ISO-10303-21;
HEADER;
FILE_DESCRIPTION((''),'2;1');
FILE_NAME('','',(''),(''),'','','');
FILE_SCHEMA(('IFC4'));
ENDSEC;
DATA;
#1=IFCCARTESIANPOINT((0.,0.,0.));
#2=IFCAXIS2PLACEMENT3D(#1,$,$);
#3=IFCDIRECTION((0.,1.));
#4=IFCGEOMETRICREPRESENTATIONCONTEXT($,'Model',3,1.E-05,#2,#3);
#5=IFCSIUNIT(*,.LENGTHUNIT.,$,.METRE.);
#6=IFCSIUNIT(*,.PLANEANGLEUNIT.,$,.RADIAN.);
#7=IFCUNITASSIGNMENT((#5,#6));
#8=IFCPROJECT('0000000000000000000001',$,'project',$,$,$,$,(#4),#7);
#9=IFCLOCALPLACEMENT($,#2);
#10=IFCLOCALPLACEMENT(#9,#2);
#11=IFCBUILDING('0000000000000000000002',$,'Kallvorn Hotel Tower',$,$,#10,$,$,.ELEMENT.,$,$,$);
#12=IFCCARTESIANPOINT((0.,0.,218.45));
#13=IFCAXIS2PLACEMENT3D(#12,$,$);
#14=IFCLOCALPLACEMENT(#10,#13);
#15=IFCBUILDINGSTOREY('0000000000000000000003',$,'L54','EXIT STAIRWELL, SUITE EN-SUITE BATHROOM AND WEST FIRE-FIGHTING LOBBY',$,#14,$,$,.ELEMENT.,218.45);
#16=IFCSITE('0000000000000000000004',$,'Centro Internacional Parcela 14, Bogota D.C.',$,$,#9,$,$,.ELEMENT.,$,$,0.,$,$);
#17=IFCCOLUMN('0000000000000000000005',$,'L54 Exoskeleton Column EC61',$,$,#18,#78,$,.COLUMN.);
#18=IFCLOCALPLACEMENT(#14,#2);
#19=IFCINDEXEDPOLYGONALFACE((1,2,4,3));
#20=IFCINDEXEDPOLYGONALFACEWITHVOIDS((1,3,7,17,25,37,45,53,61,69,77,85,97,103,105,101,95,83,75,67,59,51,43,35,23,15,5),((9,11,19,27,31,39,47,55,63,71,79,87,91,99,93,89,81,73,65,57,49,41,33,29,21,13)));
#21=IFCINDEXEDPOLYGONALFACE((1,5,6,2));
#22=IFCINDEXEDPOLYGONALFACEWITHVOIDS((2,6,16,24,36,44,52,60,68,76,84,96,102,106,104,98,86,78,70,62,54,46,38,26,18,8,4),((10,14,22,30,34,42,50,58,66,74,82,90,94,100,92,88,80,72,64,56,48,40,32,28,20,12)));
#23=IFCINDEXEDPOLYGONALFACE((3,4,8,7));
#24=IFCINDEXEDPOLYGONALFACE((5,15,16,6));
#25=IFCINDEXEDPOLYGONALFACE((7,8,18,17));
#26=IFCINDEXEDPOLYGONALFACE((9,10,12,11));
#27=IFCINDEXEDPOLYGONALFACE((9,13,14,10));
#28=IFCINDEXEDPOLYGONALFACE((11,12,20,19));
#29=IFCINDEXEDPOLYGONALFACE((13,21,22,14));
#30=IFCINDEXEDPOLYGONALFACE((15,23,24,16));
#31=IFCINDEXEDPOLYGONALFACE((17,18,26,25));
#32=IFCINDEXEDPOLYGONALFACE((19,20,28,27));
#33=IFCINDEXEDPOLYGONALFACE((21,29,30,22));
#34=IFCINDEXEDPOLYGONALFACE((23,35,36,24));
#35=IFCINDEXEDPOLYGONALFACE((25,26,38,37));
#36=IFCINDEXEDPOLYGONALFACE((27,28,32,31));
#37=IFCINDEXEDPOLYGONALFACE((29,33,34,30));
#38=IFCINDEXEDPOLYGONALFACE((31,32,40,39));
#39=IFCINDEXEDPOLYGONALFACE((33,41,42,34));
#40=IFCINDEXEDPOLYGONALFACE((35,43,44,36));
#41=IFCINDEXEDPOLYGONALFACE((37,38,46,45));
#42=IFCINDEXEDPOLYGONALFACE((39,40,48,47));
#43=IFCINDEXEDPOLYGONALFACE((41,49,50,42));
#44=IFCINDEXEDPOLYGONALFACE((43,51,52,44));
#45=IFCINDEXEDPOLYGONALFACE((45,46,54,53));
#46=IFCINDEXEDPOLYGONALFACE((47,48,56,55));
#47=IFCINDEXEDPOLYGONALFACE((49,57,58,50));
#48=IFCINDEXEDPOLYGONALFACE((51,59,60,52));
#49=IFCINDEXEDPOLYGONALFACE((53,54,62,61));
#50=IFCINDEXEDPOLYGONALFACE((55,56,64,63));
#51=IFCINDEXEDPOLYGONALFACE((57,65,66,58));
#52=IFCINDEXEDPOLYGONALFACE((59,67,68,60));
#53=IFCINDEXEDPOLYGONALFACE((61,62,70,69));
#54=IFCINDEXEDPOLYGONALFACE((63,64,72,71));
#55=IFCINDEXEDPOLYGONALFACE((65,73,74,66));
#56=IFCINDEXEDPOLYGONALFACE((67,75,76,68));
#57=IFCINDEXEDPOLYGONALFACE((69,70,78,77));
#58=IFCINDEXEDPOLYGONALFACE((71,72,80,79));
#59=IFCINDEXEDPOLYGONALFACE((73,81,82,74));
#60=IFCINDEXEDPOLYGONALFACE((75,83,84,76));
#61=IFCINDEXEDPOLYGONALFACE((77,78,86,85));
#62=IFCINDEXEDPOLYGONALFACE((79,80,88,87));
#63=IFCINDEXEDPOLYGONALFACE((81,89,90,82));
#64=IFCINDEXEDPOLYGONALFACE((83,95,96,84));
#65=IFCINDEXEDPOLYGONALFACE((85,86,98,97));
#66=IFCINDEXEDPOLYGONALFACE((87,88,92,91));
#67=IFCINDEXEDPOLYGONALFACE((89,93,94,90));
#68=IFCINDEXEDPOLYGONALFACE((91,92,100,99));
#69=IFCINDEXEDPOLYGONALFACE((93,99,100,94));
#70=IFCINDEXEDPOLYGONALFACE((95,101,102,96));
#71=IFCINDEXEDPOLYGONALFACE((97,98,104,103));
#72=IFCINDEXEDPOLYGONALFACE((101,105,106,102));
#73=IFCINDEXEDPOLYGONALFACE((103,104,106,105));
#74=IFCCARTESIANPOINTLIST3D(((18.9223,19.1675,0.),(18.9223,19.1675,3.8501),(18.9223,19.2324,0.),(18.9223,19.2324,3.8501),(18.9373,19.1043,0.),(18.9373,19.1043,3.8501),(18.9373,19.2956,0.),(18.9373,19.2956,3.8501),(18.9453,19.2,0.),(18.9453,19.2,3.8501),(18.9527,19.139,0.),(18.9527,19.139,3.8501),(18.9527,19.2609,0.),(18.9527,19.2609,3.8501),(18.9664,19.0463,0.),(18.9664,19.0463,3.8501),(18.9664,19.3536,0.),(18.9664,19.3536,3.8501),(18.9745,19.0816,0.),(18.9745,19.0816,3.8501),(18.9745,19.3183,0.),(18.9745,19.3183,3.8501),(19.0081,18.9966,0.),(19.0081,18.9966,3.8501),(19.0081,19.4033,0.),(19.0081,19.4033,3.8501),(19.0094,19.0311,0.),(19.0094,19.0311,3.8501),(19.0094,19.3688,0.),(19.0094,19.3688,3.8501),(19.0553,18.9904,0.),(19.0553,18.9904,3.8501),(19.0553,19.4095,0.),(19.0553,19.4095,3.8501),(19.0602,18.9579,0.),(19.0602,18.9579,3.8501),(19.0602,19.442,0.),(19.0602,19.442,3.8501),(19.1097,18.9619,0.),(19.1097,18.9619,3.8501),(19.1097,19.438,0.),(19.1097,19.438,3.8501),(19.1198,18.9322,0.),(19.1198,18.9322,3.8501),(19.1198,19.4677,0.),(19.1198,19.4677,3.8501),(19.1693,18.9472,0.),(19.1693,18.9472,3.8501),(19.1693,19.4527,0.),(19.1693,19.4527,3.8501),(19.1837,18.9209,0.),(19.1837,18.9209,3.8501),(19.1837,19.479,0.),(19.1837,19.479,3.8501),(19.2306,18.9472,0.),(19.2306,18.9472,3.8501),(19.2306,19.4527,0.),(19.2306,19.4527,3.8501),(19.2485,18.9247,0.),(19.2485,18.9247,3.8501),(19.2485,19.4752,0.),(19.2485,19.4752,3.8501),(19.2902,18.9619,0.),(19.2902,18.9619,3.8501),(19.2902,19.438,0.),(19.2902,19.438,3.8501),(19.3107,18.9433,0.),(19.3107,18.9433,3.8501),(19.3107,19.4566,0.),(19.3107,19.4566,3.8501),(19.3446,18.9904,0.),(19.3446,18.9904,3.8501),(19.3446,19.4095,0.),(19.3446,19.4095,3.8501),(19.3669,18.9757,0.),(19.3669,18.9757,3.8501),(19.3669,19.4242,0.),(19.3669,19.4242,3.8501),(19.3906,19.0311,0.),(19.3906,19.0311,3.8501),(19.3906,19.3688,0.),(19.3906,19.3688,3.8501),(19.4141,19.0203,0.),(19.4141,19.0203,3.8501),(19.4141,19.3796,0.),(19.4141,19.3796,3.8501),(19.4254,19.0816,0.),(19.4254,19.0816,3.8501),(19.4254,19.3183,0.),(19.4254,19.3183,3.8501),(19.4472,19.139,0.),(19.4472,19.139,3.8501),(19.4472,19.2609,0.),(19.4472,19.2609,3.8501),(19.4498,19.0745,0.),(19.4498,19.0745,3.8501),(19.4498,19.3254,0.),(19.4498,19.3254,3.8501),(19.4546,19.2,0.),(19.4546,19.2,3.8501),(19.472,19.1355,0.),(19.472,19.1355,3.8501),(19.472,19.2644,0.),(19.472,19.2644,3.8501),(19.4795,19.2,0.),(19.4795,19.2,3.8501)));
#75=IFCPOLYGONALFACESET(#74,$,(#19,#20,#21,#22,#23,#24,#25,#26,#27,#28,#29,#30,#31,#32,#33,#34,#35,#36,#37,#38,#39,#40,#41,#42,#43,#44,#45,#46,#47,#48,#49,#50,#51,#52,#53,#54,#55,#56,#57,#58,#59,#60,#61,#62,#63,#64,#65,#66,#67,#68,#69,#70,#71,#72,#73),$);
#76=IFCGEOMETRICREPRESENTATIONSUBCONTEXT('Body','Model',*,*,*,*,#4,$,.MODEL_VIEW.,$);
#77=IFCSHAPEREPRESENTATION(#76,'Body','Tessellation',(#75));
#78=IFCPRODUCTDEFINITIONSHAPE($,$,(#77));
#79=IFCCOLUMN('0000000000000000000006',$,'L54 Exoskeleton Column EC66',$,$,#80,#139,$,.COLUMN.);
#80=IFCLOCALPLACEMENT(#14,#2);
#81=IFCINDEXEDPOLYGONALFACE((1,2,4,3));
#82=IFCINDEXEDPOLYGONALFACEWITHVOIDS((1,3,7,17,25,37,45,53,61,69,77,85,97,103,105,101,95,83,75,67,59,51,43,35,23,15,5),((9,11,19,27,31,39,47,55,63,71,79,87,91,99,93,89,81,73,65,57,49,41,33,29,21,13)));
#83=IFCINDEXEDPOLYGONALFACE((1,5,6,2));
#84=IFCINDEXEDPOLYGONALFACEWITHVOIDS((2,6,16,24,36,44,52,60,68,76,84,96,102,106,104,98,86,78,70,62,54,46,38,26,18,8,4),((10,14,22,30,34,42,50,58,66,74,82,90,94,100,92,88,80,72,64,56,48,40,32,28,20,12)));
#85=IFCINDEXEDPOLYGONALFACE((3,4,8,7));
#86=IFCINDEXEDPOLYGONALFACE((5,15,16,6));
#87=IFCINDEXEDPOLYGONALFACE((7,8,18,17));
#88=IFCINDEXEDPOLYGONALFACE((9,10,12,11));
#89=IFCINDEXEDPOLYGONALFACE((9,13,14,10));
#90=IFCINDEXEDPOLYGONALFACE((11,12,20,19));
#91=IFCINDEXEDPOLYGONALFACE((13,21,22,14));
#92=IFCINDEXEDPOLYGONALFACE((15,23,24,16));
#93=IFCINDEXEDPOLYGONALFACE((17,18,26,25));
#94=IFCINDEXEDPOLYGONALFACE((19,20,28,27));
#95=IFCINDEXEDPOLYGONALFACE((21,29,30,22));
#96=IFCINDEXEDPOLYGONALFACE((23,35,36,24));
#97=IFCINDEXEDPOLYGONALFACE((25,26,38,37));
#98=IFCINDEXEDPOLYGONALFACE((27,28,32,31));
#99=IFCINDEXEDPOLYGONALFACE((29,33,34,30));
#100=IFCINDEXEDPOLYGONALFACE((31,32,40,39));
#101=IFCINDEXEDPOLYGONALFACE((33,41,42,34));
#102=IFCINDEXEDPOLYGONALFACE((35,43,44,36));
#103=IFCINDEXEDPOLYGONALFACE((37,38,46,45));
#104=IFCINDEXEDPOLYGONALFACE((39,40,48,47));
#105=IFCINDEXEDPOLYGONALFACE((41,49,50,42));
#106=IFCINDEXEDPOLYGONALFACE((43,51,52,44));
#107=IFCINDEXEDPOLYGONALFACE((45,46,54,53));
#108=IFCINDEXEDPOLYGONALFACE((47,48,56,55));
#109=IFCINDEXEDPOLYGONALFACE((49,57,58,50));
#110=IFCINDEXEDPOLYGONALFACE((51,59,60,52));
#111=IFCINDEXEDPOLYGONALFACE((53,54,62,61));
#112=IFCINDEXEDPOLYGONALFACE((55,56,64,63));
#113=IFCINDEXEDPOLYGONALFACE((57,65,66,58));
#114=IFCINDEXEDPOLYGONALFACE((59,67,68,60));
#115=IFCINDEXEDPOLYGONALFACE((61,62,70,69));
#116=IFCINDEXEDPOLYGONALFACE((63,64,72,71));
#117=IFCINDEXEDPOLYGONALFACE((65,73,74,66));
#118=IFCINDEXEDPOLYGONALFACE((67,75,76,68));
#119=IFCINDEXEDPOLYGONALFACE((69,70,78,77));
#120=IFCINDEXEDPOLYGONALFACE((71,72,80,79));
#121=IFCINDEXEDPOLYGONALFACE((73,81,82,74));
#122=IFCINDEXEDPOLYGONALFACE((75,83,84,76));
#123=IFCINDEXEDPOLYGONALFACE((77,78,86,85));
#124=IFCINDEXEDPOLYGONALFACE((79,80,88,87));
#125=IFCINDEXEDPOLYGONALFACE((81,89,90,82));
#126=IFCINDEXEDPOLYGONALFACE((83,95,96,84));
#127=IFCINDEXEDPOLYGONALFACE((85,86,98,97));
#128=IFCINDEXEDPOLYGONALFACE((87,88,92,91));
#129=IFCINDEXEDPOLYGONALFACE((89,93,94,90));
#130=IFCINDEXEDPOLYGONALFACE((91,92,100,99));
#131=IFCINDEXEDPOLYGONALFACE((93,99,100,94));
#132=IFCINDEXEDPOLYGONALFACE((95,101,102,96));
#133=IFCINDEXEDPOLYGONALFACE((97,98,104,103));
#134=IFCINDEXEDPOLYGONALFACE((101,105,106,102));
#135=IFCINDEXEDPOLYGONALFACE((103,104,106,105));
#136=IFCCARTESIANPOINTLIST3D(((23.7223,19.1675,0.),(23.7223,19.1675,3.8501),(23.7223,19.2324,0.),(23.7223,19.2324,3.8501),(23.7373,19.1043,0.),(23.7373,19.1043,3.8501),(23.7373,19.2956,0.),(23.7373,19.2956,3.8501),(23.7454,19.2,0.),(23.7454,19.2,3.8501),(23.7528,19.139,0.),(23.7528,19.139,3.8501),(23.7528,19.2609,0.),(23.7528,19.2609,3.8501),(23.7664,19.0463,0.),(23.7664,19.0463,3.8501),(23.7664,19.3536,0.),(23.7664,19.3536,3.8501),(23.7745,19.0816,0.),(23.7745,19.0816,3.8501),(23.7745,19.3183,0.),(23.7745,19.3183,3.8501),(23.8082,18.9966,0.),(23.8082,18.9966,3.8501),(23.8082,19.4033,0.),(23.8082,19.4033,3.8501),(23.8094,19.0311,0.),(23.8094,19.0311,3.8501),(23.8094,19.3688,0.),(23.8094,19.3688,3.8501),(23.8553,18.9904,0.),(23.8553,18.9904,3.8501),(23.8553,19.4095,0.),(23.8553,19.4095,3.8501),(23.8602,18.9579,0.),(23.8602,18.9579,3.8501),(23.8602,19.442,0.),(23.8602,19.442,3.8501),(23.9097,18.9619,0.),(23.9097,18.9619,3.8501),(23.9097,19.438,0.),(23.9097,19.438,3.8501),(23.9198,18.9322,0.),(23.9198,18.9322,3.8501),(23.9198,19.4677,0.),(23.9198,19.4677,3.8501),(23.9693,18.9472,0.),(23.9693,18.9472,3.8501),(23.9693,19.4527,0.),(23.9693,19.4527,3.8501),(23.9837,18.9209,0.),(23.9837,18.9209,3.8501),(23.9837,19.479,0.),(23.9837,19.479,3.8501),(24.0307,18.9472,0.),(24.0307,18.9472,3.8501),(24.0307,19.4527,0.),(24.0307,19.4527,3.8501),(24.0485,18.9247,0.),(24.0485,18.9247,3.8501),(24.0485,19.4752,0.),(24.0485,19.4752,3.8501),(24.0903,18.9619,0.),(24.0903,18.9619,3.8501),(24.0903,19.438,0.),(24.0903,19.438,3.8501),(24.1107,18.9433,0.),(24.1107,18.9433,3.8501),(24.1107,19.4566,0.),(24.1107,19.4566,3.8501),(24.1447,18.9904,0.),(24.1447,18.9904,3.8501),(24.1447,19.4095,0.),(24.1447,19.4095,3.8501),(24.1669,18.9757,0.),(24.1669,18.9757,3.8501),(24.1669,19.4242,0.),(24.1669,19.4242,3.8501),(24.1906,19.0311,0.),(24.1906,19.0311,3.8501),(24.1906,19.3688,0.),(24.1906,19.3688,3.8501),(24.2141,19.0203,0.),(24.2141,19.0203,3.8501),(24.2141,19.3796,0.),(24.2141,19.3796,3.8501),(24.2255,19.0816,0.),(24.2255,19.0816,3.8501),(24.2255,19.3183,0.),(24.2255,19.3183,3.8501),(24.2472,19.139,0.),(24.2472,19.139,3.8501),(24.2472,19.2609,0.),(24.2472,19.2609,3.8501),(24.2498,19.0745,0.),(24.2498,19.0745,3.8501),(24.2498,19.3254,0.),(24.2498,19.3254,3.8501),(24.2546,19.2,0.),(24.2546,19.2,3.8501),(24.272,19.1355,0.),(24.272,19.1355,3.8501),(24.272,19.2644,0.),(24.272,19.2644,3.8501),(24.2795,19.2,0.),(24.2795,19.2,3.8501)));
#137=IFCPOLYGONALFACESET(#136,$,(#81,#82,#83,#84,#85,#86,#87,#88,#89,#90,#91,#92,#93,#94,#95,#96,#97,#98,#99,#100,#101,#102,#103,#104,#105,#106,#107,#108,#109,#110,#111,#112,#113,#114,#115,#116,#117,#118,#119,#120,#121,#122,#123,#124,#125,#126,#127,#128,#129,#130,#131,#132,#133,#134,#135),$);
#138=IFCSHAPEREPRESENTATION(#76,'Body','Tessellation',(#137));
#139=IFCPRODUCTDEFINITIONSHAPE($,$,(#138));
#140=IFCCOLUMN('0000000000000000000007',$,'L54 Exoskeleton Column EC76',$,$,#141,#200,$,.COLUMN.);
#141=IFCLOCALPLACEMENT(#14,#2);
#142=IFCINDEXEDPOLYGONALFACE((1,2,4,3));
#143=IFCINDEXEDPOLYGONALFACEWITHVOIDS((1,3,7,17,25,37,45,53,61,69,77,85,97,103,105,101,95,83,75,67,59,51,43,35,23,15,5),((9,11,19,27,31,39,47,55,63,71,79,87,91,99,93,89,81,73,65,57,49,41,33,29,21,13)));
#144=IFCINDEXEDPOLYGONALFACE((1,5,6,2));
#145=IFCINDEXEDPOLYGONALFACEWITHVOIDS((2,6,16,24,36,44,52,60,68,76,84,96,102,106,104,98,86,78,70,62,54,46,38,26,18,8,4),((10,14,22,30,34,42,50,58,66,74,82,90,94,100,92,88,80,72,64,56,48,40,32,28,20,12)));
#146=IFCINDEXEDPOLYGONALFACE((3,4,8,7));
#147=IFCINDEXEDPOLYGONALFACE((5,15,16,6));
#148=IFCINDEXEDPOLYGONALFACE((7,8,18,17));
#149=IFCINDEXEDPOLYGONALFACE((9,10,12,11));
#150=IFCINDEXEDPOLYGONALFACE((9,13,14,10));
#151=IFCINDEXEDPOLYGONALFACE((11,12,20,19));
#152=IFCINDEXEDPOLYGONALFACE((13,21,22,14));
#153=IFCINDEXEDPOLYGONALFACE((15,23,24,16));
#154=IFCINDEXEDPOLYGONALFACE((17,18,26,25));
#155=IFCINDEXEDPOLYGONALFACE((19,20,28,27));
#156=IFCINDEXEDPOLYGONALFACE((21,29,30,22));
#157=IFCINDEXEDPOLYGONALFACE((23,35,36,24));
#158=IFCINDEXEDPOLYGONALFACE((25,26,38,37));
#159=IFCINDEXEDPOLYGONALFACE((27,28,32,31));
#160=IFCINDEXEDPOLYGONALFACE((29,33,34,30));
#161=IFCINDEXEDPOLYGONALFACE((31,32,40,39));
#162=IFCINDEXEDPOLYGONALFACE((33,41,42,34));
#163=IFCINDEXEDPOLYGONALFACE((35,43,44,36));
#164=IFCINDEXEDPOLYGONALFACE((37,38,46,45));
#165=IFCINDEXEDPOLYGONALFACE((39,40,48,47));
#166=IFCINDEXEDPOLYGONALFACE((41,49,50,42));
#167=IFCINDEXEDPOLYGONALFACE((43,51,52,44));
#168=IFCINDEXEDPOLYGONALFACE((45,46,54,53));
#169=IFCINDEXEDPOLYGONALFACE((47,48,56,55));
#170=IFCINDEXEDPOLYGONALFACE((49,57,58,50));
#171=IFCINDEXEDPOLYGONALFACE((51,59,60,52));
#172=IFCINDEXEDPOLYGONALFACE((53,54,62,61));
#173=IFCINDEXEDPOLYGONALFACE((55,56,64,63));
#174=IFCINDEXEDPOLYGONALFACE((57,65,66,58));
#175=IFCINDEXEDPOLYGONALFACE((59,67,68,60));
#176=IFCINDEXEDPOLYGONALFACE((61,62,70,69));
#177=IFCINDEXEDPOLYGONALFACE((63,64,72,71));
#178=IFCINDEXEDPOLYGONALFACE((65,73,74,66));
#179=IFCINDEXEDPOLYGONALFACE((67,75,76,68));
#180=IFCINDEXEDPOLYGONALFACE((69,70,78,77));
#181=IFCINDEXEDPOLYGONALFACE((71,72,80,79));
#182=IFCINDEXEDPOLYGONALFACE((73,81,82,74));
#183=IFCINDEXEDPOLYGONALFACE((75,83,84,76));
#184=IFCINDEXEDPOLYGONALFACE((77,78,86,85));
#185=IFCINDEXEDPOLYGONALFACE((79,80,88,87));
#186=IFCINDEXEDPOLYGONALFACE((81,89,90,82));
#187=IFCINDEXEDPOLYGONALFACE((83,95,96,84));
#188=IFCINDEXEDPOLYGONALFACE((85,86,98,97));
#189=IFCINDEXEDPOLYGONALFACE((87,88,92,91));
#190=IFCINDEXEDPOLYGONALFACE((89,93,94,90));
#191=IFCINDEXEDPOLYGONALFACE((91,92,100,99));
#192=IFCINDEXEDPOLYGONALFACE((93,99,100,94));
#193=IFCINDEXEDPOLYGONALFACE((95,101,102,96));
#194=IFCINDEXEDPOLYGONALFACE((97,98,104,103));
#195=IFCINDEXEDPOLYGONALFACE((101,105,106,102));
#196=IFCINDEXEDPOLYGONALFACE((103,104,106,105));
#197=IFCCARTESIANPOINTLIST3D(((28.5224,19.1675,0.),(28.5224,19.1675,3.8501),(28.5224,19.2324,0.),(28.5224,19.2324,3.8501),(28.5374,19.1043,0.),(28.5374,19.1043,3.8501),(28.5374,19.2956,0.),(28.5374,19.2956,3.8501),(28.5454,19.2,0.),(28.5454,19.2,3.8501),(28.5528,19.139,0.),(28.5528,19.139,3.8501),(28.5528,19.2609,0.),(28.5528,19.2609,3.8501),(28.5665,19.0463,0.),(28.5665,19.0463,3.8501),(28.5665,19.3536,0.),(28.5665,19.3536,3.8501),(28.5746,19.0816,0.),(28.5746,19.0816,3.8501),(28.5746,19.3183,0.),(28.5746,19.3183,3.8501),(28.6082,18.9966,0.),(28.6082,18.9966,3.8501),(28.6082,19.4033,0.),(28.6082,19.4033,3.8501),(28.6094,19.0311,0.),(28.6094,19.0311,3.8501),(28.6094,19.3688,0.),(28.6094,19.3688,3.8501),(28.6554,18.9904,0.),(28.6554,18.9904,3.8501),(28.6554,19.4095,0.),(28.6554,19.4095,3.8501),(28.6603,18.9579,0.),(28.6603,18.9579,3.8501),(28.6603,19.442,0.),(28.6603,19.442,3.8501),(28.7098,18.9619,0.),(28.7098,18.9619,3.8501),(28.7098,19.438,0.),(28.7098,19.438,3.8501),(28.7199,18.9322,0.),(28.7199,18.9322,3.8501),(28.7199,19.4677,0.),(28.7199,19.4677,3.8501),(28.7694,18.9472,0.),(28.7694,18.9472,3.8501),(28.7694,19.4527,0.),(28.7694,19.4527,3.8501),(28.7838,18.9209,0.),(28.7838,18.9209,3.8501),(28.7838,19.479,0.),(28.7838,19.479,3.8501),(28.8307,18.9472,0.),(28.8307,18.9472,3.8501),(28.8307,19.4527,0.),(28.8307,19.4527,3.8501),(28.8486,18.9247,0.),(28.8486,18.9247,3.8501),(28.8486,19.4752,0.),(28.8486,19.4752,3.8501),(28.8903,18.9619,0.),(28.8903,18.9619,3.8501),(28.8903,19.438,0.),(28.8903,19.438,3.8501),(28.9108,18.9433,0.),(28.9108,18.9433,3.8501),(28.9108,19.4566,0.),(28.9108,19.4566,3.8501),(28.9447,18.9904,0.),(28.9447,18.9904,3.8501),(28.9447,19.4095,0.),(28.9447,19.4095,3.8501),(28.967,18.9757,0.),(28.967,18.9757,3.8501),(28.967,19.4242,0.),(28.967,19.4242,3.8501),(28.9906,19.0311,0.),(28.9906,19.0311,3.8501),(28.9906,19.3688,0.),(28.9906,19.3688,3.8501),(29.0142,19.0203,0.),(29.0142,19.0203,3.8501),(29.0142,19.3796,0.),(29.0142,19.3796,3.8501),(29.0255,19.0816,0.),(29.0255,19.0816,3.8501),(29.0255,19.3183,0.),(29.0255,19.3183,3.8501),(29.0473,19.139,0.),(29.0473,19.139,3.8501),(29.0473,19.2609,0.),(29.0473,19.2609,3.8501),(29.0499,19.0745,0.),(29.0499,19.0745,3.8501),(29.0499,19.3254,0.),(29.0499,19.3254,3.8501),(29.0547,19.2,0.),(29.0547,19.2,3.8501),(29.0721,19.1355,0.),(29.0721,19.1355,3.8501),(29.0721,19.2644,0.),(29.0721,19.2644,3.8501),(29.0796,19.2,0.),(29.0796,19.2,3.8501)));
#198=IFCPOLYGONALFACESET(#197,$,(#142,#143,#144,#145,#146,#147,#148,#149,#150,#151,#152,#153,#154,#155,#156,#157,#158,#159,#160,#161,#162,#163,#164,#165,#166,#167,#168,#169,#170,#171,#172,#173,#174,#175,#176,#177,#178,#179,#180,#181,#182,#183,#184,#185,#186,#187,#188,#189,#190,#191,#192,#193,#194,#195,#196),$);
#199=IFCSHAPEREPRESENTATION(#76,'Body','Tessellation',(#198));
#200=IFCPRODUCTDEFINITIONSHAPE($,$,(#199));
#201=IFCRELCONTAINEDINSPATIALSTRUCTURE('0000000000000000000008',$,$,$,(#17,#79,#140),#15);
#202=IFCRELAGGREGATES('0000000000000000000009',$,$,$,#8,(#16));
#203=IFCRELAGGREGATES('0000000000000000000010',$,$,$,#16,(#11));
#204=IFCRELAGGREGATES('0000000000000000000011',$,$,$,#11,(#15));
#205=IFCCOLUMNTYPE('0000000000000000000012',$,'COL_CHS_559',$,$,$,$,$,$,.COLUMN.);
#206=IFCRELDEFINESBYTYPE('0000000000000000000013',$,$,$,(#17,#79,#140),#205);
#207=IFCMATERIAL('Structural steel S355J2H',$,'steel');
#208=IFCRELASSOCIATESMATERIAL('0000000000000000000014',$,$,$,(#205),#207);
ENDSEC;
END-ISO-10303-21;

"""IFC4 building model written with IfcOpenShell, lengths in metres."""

from ifc_helpers import new_model, si_unit, direction, frame, origin, origin_2d, place, context, subcontext, project, spatial, hollow_circle, extrude, material, material_profile, profile_set, type_object, element, save


model = new_model("IFC4")

# Units and contexts
model_context = context("Model", 3, precision=1e-05, world=origin(), true_north=direction((0.0, 1.0)))
body_context = subcontext(model_context, "Body", "Model", "MODEL_VIEW")
ifc_project = project(units=[si_unit("LENGTHUNIT", "METRE"), si_unit("PLANEANGLEUNIT", "RADIAN")], contexts=[model_context])

# Site, building, storey
site_placement = place(None, origin())
site = spatial("IfcSite", under=ifc_project, at=site_placement, Name="Centro Internacional Parcela 14, Bogota D.C.", CompositionType="ELEMENT", RefElevation=0.0)
building_placement = place(site_placement, origin())
building = spatial("IfcBuilding", under=site, at=building_placement, Name="Kallvorn Hotel Tower", CompositionType="ELEMENT")
storey_placement = place(building_placement, frame((0.0, 0.0, 218.45)))
storey = spatial("IfcBuildingStorey", under=building, at=storey_placement, Name="L54", Description="EXIT STAIRWELL, SUITE EN-SUITE BATHROOM AND WEST FIRE-FIGHTING LOBBY", CompositionType="ELEMENT", Elevation=218.45)

# Columns
ifc_material_1 = material(Name="Structural steel S355J2H", Category="steel")
ifc_material_profile_1 = material_profile(ifc_material_1, hollow_circle(Radius=0.2795, WallThickness=0.0249, at=origin_2d()), Name="CHS 559x25")
ifc_profile_set_1 = profile_set([ifc_material_profile_1], Name="Structural steel S355J2H")
column_type_1 = type_object("IfcColumnType", Name="COL_CHS_559", PredefinedType="COLUMN", material=ifc_profile_set_1)
for number, where, z_axis, x_axis, name in (
    (1, (19.2, 19.2, 0.0), (0.0, 0.0, 1.0), (1.0, 0.0, 0.0), "L54 Exoskeleton Column EC61"),
    (2, (24.0, 19.2, 0.0), (0.0, 0.0, 1.0), (1.0, 0.0, 0.0), "L54 Exoskeleton Column EC66"),
    (3, (28.8, 19.2, 0.0), (0.0, 0.0, 1.0), (1.0, 0.0, 0.0), "L54 Exoskeleton Column EC76"),
):
    element("IfcColumn", number, at=place(storey_placement, frame(where, z_axis=z_axis, x_axis=x_axis)), inside=storey, type_object=column_type_1, Name=name, PredefinedType="COLUMN", context=body_context, shape_type="SweptSolid", body=[
        extrude(hollow_circle(Radius=0.2795, WallThickness=0.0249, at=origin_2d()), origin(), (0.0, 0.0, 1.0), 3.8501),
    ])

save(model, "model.ifc")
